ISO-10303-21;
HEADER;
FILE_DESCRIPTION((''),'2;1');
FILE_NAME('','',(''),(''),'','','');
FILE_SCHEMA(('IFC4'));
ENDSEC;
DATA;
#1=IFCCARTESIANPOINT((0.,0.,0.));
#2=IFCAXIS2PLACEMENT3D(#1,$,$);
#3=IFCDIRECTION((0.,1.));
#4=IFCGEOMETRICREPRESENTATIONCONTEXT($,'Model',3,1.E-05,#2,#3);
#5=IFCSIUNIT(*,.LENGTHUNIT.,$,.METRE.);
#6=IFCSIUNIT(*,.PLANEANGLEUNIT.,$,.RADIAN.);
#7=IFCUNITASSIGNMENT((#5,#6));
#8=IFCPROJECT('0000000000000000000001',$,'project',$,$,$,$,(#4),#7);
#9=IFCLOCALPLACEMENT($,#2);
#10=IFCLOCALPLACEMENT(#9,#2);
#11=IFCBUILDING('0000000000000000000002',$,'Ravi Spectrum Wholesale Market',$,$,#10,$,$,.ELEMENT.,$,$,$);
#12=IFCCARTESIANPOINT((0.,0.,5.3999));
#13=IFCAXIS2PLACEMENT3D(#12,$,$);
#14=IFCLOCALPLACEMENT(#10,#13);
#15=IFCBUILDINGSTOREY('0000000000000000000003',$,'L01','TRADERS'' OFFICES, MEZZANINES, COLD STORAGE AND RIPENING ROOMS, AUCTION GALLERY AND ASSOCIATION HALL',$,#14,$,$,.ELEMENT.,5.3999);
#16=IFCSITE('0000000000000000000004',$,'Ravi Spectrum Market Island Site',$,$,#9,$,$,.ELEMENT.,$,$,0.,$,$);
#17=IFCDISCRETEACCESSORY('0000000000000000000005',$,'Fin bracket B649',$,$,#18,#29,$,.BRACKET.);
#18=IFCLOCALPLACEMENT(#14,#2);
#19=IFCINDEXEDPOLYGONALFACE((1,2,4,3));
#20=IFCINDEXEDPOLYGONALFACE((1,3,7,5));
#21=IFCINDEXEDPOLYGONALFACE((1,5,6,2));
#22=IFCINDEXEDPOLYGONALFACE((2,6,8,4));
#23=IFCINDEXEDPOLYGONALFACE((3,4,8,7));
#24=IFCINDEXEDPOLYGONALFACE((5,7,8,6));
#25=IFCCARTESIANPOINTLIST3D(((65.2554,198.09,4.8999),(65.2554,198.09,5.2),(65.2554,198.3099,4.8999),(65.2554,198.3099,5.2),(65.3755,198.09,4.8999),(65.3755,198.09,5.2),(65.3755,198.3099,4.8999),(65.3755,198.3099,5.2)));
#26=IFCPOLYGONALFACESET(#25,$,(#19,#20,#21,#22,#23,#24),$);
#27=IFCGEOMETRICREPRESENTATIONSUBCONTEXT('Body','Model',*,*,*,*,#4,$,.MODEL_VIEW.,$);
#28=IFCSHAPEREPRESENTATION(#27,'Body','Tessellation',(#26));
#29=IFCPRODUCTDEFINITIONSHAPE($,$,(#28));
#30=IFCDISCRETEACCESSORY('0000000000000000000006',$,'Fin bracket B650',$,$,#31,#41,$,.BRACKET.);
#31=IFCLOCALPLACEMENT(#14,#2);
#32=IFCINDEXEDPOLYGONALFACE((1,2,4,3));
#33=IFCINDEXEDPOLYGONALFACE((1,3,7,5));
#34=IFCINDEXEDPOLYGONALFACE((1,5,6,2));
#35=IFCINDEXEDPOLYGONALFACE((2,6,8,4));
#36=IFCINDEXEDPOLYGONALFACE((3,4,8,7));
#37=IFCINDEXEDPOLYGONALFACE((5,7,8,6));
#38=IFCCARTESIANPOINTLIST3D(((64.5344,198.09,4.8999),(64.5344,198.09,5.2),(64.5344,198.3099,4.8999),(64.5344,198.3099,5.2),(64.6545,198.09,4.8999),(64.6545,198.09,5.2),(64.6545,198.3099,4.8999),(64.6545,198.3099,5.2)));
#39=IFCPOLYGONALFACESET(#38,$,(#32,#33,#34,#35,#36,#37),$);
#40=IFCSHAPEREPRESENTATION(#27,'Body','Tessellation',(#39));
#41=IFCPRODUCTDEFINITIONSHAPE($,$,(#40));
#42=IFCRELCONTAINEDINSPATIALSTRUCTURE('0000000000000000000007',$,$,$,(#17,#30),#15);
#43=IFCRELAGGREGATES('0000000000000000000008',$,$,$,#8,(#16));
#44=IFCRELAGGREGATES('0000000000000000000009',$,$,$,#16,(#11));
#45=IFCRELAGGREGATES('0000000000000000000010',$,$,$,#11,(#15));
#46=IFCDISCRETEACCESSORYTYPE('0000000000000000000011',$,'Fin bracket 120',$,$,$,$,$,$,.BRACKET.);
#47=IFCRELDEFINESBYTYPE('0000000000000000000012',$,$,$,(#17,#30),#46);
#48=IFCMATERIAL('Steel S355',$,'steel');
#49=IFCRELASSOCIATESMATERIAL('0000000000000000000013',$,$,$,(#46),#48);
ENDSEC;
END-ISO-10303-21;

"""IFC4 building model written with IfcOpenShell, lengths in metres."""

from ifc_helpers import new_model, si_unit, direction, frame, origin, origin_2d, place, context, subcontext, project, spatial, rectangle, extrude, material, type_object, element, save


model = new_model("IFC4")

# Units and contexts
model_context = context("Model", 3, precision=1e-05, world=origin(), true_north=direction((0.0, 1.0)))
body_context = subcontext(model_context, "Body", "Model", "MODEL_VIEW")
ifc_project = project(units=[si_unit("LENGTHUNIT", "METRE"), si_unit("PLANEANGLEUNIT", "RADIAN")], contexts=[model_context])

# Site, building, storey
site_placement = place(None, origin())
site = spatial("IfcSite", under=ifc_project, at=site_placement, Name="Ravi Spectrum Market Island Site", CompositionType="ELEMENT", RefElevation=0.0)
building_placement = place(site_placement, origin())
building = spatial("IfcBuilding", under=site, at=building_placement, Name="Ravi Spectrum Wholesale Market", CompositionType="ELEMENT")
storey_placement = place(building_placement, frame((0.0, 0.0, 5.3999)))
storey = spatial("IfcBuildingStorey", under=building, at=storey_placement, Name="L01", Description="TRADERS' OFFICES, MEZZANINES, COLD STORAGE AND RIPENING ROOMS, AUCTION GALLERY AND ASSOCIATION HALL", CompositionType="ELEMENT", Elevation=5.3999)

# Discrete accessories
ifc_material_1 = material(Name="Steel S355", Category="steel")
discrete_accessory_type = type_object("IfcDiscreteAccessoryType", Name="Fin bracket 120", PredefinedType="BRACKET", material=ifc_material_1)
for number, where, z_axis, x_axis, name in (
    (1, (65.3154, 198.2, 4.8999), (0.0, 0.0, 1.0), (-1.0, 0.0, 0.0), "Fin bracket B649"),
    (2, (64.5945, 198.2, 4.8999), (0.0, 0.0, 1.0), (-1.0, 0.0, 0.0), "Fin bracket B650"),
):
    element("IfcDiscreteAccessory", number, at=place(storey_placement, frame(where, z_axis=z_axis, x_axis=x_axis)), inside=storey, type_object=discrete_accessory_type, Name=name, PredefinedType="BRACKET", context=body_context, shape_type="SweptSolid", body=[
        extrude(rectangle(XDim=0.1201, YDim=0.22, at=origin_2d()), origin(), (0.0, 0.0, 1.0), 0.3),
    ])

save(model, "model.ifc")
